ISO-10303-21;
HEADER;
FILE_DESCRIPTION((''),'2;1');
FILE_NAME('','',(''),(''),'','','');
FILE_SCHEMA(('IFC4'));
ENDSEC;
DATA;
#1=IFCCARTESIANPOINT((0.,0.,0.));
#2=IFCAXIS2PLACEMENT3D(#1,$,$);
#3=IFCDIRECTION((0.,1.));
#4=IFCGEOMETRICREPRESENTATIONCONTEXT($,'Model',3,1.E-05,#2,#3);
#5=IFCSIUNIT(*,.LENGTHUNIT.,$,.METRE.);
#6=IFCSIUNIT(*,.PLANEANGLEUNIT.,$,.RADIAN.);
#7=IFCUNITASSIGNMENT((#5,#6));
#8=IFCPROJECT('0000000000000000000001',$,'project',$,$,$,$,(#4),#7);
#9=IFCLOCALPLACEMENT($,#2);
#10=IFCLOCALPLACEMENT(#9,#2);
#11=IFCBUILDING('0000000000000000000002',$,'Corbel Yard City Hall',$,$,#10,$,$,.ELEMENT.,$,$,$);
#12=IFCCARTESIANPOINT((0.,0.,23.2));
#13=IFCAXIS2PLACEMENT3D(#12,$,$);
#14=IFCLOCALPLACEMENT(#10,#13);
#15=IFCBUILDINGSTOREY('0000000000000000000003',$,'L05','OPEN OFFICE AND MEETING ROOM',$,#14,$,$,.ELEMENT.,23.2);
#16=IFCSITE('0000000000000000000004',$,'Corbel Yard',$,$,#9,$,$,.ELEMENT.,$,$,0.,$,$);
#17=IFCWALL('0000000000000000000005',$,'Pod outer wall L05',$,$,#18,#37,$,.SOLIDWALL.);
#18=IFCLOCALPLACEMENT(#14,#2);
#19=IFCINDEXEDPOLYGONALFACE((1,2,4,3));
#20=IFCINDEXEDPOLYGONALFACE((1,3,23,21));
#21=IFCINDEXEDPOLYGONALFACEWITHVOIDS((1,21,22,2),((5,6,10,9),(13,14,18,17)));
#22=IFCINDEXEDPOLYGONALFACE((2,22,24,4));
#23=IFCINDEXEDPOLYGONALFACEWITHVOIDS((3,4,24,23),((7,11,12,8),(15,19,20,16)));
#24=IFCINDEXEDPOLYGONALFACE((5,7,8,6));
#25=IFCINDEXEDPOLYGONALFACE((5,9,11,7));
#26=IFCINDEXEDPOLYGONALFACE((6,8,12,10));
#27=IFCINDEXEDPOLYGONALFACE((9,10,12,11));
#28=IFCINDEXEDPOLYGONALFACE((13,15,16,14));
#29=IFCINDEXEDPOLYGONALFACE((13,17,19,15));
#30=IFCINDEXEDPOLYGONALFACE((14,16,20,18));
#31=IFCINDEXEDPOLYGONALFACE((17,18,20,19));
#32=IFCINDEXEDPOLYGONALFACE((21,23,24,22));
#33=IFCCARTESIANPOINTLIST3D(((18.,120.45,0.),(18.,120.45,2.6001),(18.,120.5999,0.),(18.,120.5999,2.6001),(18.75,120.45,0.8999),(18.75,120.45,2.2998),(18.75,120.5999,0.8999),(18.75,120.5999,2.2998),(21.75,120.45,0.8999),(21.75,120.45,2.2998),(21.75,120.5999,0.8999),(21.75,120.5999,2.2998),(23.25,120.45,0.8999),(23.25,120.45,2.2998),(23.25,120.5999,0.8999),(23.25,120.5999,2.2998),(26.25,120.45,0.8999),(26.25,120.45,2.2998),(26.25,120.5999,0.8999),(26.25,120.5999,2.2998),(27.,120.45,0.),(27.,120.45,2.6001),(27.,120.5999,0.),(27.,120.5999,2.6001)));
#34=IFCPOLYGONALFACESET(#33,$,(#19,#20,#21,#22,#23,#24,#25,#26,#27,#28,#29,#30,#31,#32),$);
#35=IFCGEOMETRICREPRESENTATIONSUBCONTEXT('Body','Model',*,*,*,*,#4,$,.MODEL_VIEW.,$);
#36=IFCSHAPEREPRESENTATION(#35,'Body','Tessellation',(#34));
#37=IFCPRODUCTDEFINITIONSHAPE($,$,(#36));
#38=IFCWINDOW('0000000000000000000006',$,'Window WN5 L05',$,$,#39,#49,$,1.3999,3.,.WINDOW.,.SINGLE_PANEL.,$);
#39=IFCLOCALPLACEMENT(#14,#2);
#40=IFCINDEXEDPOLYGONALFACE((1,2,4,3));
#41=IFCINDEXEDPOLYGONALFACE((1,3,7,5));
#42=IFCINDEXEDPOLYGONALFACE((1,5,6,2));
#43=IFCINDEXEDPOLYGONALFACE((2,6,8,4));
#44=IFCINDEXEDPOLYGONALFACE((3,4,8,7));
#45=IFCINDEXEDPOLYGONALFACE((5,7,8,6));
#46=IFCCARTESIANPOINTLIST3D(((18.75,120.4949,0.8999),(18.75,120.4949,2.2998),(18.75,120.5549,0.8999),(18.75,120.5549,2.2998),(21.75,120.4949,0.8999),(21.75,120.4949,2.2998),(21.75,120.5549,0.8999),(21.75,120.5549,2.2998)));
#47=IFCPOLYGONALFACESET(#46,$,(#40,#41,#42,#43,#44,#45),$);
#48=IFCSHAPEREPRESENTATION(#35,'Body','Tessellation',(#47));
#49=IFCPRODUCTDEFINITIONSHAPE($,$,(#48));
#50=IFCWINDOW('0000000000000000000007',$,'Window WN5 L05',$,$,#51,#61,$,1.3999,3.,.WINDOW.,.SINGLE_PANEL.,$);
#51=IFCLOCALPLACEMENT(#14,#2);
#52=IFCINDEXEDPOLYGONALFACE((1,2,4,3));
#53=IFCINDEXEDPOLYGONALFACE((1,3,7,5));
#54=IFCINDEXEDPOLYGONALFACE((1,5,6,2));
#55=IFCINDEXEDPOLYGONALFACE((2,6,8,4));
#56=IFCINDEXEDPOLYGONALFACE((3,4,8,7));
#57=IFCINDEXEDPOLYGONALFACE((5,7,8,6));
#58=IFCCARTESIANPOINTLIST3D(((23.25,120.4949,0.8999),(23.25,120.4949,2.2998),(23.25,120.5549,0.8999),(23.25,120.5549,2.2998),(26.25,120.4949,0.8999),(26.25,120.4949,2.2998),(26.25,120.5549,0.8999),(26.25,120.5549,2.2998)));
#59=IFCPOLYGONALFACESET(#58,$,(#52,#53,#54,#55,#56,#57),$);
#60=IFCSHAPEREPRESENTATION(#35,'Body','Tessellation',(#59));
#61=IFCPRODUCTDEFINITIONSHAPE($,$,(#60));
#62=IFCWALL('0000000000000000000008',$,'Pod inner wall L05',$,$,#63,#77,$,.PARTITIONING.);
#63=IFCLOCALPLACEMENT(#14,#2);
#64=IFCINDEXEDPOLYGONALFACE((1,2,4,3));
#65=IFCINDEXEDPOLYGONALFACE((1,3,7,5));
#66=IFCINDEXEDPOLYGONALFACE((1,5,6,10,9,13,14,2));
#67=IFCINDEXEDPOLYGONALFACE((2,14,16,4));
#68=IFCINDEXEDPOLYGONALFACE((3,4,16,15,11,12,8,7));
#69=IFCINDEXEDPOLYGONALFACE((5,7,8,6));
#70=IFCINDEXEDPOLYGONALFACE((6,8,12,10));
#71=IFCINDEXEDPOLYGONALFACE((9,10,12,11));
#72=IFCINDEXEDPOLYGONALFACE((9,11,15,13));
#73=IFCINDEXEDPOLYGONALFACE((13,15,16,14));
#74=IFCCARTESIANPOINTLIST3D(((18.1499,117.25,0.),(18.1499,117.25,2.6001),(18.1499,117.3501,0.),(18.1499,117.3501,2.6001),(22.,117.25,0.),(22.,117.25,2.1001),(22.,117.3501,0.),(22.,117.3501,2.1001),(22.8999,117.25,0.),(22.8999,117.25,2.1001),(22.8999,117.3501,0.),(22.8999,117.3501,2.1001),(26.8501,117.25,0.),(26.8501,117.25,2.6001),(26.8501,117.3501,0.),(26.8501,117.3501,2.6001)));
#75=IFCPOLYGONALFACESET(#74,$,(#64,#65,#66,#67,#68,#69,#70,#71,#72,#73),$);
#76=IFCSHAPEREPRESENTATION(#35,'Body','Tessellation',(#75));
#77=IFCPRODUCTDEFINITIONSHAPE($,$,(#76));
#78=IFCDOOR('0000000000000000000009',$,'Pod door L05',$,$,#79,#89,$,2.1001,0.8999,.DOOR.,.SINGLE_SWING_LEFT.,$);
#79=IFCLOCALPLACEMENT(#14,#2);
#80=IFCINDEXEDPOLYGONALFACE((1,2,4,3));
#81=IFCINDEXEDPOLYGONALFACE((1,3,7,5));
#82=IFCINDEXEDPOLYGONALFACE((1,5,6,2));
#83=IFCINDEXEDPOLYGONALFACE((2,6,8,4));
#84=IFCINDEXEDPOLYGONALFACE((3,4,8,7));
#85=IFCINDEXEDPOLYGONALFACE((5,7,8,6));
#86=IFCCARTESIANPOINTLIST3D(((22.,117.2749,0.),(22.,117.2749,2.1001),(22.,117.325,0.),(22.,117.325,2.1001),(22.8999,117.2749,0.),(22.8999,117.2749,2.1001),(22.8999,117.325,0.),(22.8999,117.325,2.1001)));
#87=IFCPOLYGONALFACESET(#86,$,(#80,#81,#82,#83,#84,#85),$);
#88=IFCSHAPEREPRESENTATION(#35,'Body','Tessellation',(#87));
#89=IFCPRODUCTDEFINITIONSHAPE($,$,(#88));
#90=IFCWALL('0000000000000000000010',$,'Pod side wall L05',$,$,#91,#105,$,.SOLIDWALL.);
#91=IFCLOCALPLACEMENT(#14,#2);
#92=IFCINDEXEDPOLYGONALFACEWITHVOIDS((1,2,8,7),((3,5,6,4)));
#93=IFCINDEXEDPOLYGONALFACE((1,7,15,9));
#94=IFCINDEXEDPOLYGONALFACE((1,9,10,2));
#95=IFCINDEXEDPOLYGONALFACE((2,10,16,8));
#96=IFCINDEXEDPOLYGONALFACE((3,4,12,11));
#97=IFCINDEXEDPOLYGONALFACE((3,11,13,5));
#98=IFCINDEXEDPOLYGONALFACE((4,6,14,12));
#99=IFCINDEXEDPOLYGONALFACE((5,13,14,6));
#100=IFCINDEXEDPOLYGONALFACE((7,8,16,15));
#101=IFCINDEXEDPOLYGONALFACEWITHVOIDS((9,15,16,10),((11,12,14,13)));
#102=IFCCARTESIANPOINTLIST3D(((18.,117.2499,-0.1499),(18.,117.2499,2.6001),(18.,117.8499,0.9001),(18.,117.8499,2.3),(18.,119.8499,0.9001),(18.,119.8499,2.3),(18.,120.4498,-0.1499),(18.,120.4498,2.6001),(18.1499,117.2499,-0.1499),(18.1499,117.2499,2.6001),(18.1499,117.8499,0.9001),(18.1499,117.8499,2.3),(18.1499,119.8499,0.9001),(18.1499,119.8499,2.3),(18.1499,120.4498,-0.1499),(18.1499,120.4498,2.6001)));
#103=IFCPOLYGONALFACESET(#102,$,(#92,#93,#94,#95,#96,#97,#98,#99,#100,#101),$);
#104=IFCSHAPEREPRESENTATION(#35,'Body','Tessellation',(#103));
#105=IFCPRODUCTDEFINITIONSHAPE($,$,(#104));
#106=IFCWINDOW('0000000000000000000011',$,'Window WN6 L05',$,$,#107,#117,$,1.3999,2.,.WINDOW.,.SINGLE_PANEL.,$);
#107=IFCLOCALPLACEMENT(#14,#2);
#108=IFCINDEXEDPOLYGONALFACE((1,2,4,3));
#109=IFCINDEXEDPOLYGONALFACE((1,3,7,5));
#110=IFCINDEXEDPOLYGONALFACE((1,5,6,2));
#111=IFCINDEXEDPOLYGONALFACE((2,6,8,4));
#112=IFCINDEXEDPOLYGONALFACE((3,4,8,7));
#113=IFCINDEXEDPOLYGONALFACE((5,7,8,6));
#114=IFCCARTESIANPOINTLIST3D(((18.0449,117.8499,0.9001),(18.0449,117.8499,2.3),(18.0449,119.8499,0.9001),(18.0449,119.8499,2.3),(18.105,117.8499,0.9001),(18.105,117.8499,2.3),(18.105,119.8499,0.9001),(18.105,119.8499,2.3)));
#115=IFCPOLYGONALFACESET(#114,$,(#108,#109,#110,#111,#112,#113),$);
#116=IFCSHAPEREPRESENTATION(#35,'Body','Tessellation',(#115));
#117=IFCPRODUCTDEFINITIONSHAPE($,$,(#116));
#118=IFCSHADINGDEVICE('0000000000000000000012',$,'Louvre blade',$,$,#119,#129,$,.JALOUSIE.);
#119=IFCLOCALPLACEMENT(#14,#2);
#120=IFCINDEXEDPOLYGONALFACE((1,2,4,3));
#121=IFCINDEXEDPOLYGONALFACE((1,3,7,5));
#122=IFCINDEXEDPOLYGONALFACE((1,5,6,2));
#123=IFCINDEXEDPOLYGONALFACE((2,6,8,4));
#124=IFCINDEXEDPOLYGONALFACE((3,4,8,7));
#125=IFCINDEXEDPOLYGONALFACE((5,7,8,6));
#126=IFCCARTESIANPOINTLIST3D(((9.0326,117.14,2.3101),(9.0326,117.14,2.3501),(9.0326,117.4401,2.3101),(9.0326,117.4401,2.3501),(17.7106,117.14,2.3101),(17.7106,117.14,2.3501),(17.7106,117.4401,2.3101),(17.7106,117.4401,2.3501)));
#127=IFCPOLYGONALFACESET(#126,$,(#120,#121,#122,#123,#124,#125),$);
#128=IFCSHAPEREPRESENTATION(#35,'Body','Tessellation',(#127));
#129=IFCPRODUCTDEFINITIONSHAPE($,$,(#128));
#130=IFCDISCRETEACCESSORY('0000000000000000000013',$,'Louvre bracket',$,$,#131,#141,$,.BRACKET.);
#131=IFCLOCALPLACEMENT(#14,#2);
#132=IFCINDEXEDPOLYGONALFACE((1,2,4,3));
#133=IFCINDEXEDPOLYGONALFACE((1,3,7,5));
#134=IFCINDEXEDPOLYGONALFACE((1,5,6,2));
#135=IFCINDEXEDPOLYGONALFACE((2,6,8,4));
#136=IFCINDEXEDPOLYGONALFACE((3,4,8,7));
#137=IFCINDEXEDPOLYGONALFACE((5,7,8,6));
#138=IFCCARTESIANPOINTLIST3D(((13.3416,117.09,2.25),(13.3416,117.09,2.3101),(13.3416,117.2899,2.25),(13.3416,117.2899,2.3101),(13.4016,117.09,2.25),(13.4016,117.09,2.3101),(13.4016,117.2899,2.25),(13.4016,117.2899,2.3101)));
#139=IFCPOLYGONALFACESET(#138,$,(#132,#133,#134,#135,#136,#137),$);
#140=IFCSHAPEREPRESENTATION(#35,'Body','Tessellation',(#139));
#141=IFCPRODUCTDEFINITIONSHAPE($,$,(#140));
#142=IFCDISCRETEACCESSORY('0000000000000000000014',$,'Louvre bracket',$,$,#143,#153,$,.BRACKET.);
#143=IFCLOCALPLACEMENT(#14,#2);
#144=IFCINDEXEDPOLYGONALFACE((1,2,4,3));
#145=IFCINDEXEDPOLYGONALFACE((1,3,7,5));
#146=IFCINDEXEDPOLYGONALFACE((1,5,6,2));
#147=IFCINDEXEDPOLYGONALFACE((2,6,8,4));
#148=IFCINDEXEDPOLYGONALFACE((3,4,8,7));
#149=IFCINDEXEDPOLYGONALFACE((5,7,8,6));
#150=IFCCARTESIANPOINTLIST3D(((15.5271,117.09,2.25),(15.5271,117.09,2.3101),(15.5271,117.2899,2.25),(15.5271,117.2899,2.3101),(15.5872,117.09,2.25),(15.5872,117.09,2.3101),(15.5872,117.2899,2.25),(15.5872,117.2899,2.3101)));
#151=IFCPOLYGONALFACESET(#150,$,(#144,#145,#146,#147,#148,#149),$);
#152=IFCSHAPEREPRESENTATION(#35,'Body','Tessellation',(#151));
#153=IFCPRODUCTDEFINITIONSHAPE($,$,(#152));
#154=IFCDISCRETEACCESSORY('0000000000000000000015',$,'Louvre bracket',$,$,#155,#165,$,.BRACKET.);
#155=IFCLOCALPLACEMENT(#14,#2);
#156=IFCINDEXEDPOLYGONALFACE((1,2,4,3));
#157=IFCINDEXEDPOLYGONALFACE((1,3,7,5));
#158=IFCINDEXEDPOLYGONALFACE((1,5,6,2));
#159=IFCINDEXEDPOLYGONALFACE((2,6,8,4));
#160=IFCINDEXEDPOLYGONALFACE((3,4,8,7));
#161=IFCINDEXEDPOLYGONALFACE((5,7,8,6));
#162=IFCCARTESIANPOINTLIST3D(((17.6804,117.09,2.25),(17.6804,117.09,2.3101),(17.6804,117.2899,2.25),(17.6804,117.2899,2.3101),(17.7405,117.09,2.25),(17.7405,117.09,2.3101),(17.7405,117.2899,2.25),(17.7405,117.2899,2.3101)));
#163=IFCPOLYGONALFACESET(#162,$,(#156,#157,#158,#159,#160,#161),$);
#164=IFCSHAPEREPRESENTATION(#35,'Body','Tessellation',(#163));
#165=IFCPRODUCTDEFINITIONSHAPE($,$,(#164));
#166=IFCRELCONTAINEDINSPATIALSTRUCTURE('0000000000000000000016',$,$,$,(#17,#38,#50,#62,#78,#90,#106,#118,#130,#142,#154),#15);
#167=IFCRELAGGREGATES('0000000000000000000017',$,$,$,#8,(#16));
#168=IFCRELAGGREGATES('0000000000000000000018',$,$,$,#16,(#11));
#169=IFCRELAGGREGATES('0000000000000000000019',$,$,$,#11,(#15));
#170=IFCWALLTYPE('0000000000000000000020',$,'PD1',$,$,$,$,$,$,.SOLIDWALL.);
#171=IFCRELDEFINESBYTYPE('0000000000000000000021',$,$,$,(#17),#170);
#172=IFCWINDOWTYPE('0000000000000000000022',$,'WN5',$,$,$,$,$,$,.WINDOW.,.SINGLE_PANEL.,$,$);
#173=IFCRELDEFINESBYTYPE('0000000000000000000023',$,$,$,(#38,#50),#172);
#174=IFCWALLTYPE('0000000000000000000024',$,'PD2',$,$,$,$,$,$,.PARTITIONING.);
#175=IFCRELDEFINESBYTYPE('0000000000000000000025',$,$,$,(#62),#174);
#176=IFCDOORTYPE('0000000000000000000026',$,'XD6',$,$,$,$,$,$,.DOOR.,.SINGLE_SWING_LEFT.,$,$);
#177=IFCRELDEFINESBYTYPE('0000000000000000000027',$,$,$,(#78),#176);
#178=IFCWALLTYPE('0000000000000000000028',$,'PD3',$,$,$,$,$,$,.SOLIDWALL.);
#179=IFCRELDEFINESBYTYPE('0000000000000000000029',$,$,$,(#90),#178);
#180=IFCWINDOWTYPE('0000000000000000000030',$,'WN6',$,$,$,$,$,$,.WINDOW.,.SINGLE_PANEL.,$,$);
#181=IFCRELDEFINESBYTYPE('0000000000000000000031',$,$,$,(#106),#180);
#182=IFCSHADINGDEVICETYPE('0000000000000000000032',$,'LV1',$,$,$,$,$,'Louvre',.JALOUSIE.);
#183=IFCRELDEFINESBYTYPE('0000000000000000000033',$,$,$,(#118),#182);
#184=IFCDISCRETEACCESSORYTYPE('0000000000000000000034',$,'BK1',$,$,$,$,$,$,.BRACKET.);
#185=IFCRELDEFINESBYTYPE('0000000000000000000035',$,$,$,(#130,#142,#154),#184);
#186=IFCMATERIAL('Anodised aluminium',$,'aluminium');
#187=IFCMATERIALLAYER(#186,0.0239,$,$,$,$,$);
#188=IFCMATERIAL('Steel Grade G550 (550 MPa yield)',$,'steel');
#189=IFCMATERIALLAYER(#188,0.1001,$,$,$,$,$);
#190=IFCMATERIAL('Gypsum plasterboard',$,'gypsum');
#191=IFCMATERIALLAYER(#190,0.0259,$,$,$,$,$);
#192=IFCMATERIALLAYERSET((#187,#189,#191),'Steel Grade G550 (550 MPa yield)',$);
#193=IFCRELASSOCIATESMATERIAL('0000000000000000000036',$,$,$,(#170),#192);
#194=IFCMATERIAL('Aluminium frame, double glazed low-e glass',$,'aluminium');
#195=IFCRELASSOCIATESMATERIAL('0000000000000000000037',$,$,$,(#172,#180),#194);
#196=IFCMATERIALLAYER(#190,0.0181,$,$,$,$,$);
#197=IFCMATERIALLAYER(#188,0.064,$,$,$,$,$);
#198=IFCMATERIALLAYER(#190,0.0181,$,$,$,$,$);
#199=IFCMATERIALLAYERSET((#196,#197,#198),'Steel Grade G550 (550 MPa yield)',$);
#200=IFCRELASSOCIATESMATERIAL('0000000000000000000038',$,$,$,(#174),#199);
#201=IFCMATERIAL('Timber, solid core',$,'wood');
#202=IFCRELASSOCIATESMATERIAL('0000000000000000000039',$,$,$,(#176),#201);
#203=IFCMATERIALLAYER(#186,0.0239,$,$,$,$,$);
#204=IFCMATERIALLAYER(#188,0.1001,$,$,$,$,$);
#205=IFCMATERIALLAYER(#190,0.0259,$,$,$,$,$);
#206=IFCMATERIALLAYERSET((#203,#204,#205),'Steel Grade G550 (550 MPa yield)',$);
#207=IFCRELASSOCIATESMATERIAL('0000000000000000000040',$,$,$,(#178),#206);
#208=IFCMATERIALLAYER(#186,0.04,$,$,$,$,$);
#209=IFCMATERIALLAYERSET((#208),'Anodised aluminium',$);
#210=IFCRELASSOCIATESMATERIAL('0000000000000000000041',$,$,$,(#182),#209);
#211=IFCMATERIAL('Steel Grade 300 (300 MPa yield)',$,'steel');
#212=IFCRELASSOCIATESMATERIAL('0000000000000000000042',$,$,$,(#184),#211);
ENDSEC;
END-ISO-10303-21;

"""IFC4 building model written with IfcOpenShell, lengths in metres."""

from ifc_helpers import new_model, si_unit, direction, frame, frame_2d, origin, origin_2d, place, context, subcontext, project, spatial, rectangle, extrude, material, layer, layer_set, type_object, element, fill, save


model = new_model("IFC4")

# Units and contexts
model_context = context("Model", 3, precision=1e-05, world=origin(), true_north=direction((0.0, 1.0)))
body_context = subcontext(model_context, "Body", "Model", "MODEL_VIEW")
ifc_project = project(units=[si_unit("LENGTHUNIT", "METRE"), si_unit("PLANEANGLEUNIT", "RADIAN")], contexts=[model_context])

# Site, building, storey
site_placement = place(None, origin())
site = spatial("IfcSite", under=ifc_project, at=site_placement, Name="Corbel Yard", CompositionType="ELEMENT", RefElevation=0.0)
building_placement = place(site_placement, origin())
building = spatial("IfcBuilding", under=site, at=building_placement, Name="Corbel Yard City Hall", CompositionType="ELEMENT")
storey_placement = place(building_placement, frame((0.0, 0.0, 23.2)))
storey = spatial("IfcBuildingStorey", under=building, at=storey_placement, Name="L05", Description="OPEN OFFICE AND MEETING ROOM", CompositionType="ELEMENT", Elevation=23.2)

# Shared definitions
ifc_material_1 = material(Name="Steel Grade 300 (300 MPa yield)", Category="steel")

# Wall, openings, windows
ifc_material_2 = material(Name="Anodised aluminium", Category="aluminium")
ifc_layer_1 = layer(ifc_material_2, 0.0239)
ifc_material_3 = material(Name="Steel Grade G550 (550 MPa yield)", Category="steel")
ifc_layer_2 = layer(ifc_material_3, 0.1001)
ifc_material_4 = material(Name="Gypsum plasterboard", Category="gypsum")
ifc_layer_3 = layer(ifc_material_4, 0.0259)
ifc_layer_set_1 = layer_set([ifc_layer_1, ifc_layer_2, ifc_layer_3], Name="Steel Grade G550 (550 MPa yield)")
wall_type_1 = type_object("IfcWallType", Name="PD1", PredefinedType="SOLIDWALL", material=ifc_layer_set_1)
wall_1_placement = place(storey_placement, frame((18.0, 120.5249, 0.0), z_axis=(0.0, 0.0, 1.0), x_axis=(1.0, 0.0, 0.0)))
wall_1 = element("IfcWall", 1, at=wall_1_placement, inside=storey, type_object=wall_type_1, Name="Pod outer wall L05", PredefinedType="SOLIDWALL", context=body_context, shape_type="SweptSolid", body=[
    extrude(rectangle(XDim=9.0, YDim=0.1499, at=frame_2d((4.5, 0.0))), origin(), (0.0, 0.0, 1.0), 2.6001),
])
opening_1_placement = place(wall_1_placement, frame((0.75, 0.0, 0.8999)))
opening_1 = element("IfcOpeningElement", 2, at=opening_1_placement, cuts=wall_1, PredefinedType="OPENING", context=body_context, shape_type="SweptSolid", body=[
    extrude(rectangle(XDim=3.0, YDim=1.3999, at=frame_2d((1.5, 0.7))), frame((0.0, 0.085, 0.0), z_axis=(0.0, -1.0, 0.0), x_axis=(1.0, 0.0, 0.0)), (0.0, 0.0, 1.0), 0.1699),
])
opening_2_placement = place(wall_1_placement, frame((5.25, 0.0, 0.8999)))
opening_2 = element("IfcOpeningElement", 3, at=opening_2_placement, cuts=wall_1, PredefinedType="OPENING", context=body_context, shape_type="SweptSolid", body=[
    extrude(rectangle(XDim=3.0, YDim=1.3999, at=frame_2d((1.5, 0.7))), frame((0.0, 0.085, 0.0), z_axis=(0.0, -1.0, 0.0), x_axis=(1.0, 0.0, 0.0)), (0.0, 0.0, 1.0), 0.1699),
])
ifc_material_5 = material(Name="Aluminium frame, double glazed low-e glass", Category="aluminium")
window_type_1 = type_object("IfcWindowType", Name="WN5", PartitioningType="SINGLE_PANEL", PredefinedType="WINDOW", material=ifc_material_5)
window_1_placement = place(opening_1_placement, origin())
window_1 = element("IfcWindow", 4, at=window_1_placement, inside=storey, type_object=window_type_1, Name="Window WN5 L05", OverallHeight=1.3999, OverallWidth=3.0, PartitioningType="SINGLE_PANEL", PredefinedType="WINDOW", context=body_context, shape_type="SweptSolid", body=[
    extrude(rectangle(XDim=3.0, YDim=1.3999, at=frame_2d((1.5, 0.7))), frame((0.0, 0.03, 0.0), z_axis=(0.0, -1.0, 0.0), x_axis=(1.0, 0.0, 0.0)), (0.0, 0.0, 1.0), 0.0601),
])
fill(opening_1, window_1)
window_2_placement = place(opening_2_placement, origin())
window_2 = element("IfcWindow", 5, at=window_2_placement, inside=storey, type_object=window_type_1, Name="Window WN5 L05", OverallHeight=1.3999, OverallWidth=3.0, PartitioningType="SINGLE_PANEL", PredefinedType="WINDOW", context=body_context, shape_type="SweptSolid", body=[
    extrude(rectangle(XDim=3.0, YDim=1.3999, at=frame_2d((1.5, 0.7))), frame((0.0, 0.03, 0.0), z_axis=(0.0, -1.0, 0.0), x_axis=(1.0, 0.0, 0.0)), (0.0, 0.0, 1.0), 0.0601),
])
fill(opening_2, window_2)

# Wall, opening, door
ifc_layer_4 = layer(ifc_material_4, 0.0181)
ifc_layer_5 = layer(ifc_material_3, 0.064)
ifc_layer_6 = layer(ifc_material_4, 0.0181)
ifc_layer_set_2 = layer_set([ifc_layer_4, ifc_layer_5, ifc_layer_6], Name="Steel Grade G550 (550 MPa yield)")
wall_type_2 = type_object("IfcWallType", Name="PD2", PredefinedType="PARTITIONING", material=ifc_layer_set_2)
wall_2_placement = place(storey_placement, frame((18.1499, 117.3, 0.0), z_axis=(0.0, 0.0, 1.0), x_axis=(1.0, 0.0, 0.0)))
wall_2 = element("IfcWall", 6, at=wall_2_placement, inside=storey, type_object=wall_type_2, Name="Pod inner wall L05", PredefinedType="PARTITIONING", context=body_context, shape_type="SweptSolid", body=[
    extrude(rectangle(XDim=8.7002, YDim=0.1001, at=frame_2d((4.3501, 0.0))), origin(), (0.0, 0.0, 1.0), 2.6001),
])
opening_3_placement = place(wall_2_placement, frame((3.8501, 0.0, 0.0)))
opening_3 = element("IfcOpeningElement", 7, at=opening_3_placement, cuts=wall_2, PredefinedType="OPENING", context=body_context, shape_type="SweptSolid", body=[
    extrude(rectangle(XDim=0.8999, YDim=2.1001, at=frame_2d((0.45, 1.05))), frame((0.0, 0.0601, 0.0), z_axis=(0.0, -1.0, 0.0), x_axis=(1.0, 0.0, 0.0)), (0.0, 0.0, 1.0), 0.1201),
])
ifc_material_6 = material(Name="Timber, solid core", Category="wood")
door_type = type_object("IfcDoorType", Name="XD6", OperationType="SINGLE_SWING_LEFT", PredefinedType="DOOR", material=ifc_material_6)
door_placement = place(opening_3_placement, origin())
door = element("IfcDoor", 8, at=door_placement, inside=storey, type_object=door_type, Name="Pod door L05", OperationType="SINGLE_SWING_LEFT", OverallHeight=2.1001, OverallWidth=0.8999, PredefinedType="DOOR", context=body_context, shape_type="SweptSolid", body=[
    extrude(rectangle(XDim=0.8999, YDim=2.1001, at=frame_2d((0.45, 1.05))), frame((0.0, 0.0249, 0.0), z_axis=(0.0, -1.0, 0.0), x_axis=(1.0, 0.0, 0.0)), (0.0, 0.0, 1.0), 0.05),
])
fill(opening_3, door)

# Wall, opening, window
ifc_layer_7 = layer(ifc_material_2, 0.0239)
ifc_layer_8 = layer(ifc_material_3, 0.1001)
ifc_layer_9 = layer(ifc_material_4, 0.0259)
ifc_layer_set_3 = layer_set([ifc_layer_7, ifc_layer_8, ifc_layer_9], Name="Steel Grade G550 (550 MPa yield)")
wall_type_3 = type_object("IfcWallType", Name="PD3", PredefinedType="SOLIDWALL", material=ifc_layer_set_3)
wall_3_placement = place(storey_placement, frame((18.075, 120.45, -0.1499), z_axis=(0.0, 0.0, 1.0), x_axis=(0.0, -1.0, 0.0)))
wall_3 = element("IfcWall", 9, at=wall_3_placement, inside=storey, type_object=wall_type_3, Name="Pod side wall L05", PredefinedType="SOLIDWALL", context=body_context, shape_type="SweptSolid", body=[
    extrude(rectangle(XDim=3.2, YDim=0.1499, at=frame_2d((1.6001, 0.0))), origin(), (0.0, 0.0, 1.0), 2.75),
])
opening_4_placement = place(wall_3_placement, frame((0.6001, 0.0, 1.05)))
opening_4 = element("IfcOpeningElement", 10, at=opening_4_placement, cuts=wall_3, PredefinedType="OPENING", context=body_context, shape_type="SweptSolid", body=[
    extrude(rectangle(XDim=2.0, YDim=1.3999, at=frame_2d((1.0, 0.7))), frame((0.0, 0.085, 0.0), z_axis=(0.0, -1.0, 0.0), x_axis=(1.0, 0.0, 0.0)), (0.0, 0.0, 1.0), 0.1699),
])
window_type_2 = type_object("IfcWindowType", Name="WN6", PartitioningType="SINGLE_PANEL", PredefinedType="WINDOW", material=ifc_material_5)
window_3_placement = place(opening_4_placement, origin())
window_3 = element("IfcWindow", 11, at=window_3_placement, inside=storey, type_object=window_type_2, Name="Window WN6 L05", OverallHeight=1.3999, OverallWidth=2.0, PartitioningType="SINGLE_PANEL", PredefinedType="WINDOW", context=body_context, shape_type="SweptSolid", body=[
    extrude(rectangle(XDim=2.0, YDim=1.3999, at=frame_2d((1.0, 0.7))), frame((0.0, 0.03, 0.0), z_axis=(0.0, -1.0, 0.0), x_axis=(1.0, 0.0, 0.0)), (0.0, 0.0, 1.0), 0.0601),
])
fill(opening_4, window_3)

# Shading device
ifc_layer_10 = layer(ifc_material_2, 0.04)
ifc_layer_set_4 = layer_set([ifc_layer_10], Name="Anodised aluminium")
shading_device_type = type_object("IfcShadingDeviceType", Name="LV1", ElementType="Louvre", PredefinedType="JALOUSIE", material=ifc_layer_set_4)
shading_device_placement = place(storey_placement, frame((13.3716, 117.29, 2.3101), z_axis=(0.0, 0.0, 1.0), x_axis=(1.0, 0.0, 0.0)))
element("IfcShadingDevice", 12, at=shading_device_placement, inside=storey, type_object=shading_device_type, Name="Louvre blade", PredefinedType="JALOUSIE", context=body_context, shape_type="SweptSolid", body=[
    extrude(rectangle(XDim=8.678, YDim=0.3, at=origin_2d()), origin(), (0.0, 0.0, 1.0), 0.04),
])

# Discrete accessories
discrete_accessory_type = type_object("IfcDiscreteAccessoryType", Name="BK1", PredefinedType="BRACKET", material=ifc_material_1)
for number, where, z_axis, x_axis, name in (
    (13, (13.3716, 117.1899, 2.25), (0.0, 0.0, 1.0), (1.0, 0.0, 0.0), "Louvre bracket"),
    (14, (15.5571, 117.1899, 2.25), (0.0, 0.0, 1.0), (1.0, 0.0, 0.0), "Louvre bracket"),
    (15, (17.7104, 117.1899, 2.25), (0.0, 0.0, 1.0), (1.0, 0.0, 0.0), "Louvre bracket"),
):
    element("IfcDiscreteAccessory", number, at=place(storey_placement, frame(where, z_axis=z_axis, x_axis=x_axis)), inside=storey, type_object=discrete_accessory_type, Name=name, PredefinedType="BRACKET", context=body_context, shape_type="SweptSolid", body=[
        extrude(rectangle(XDim=0.0601, YDim=0.2, at=origin_2d()), origin(), (0.0, 0.0, 1.0), 0.0601),
    ])

save(model, "model.ifc")
